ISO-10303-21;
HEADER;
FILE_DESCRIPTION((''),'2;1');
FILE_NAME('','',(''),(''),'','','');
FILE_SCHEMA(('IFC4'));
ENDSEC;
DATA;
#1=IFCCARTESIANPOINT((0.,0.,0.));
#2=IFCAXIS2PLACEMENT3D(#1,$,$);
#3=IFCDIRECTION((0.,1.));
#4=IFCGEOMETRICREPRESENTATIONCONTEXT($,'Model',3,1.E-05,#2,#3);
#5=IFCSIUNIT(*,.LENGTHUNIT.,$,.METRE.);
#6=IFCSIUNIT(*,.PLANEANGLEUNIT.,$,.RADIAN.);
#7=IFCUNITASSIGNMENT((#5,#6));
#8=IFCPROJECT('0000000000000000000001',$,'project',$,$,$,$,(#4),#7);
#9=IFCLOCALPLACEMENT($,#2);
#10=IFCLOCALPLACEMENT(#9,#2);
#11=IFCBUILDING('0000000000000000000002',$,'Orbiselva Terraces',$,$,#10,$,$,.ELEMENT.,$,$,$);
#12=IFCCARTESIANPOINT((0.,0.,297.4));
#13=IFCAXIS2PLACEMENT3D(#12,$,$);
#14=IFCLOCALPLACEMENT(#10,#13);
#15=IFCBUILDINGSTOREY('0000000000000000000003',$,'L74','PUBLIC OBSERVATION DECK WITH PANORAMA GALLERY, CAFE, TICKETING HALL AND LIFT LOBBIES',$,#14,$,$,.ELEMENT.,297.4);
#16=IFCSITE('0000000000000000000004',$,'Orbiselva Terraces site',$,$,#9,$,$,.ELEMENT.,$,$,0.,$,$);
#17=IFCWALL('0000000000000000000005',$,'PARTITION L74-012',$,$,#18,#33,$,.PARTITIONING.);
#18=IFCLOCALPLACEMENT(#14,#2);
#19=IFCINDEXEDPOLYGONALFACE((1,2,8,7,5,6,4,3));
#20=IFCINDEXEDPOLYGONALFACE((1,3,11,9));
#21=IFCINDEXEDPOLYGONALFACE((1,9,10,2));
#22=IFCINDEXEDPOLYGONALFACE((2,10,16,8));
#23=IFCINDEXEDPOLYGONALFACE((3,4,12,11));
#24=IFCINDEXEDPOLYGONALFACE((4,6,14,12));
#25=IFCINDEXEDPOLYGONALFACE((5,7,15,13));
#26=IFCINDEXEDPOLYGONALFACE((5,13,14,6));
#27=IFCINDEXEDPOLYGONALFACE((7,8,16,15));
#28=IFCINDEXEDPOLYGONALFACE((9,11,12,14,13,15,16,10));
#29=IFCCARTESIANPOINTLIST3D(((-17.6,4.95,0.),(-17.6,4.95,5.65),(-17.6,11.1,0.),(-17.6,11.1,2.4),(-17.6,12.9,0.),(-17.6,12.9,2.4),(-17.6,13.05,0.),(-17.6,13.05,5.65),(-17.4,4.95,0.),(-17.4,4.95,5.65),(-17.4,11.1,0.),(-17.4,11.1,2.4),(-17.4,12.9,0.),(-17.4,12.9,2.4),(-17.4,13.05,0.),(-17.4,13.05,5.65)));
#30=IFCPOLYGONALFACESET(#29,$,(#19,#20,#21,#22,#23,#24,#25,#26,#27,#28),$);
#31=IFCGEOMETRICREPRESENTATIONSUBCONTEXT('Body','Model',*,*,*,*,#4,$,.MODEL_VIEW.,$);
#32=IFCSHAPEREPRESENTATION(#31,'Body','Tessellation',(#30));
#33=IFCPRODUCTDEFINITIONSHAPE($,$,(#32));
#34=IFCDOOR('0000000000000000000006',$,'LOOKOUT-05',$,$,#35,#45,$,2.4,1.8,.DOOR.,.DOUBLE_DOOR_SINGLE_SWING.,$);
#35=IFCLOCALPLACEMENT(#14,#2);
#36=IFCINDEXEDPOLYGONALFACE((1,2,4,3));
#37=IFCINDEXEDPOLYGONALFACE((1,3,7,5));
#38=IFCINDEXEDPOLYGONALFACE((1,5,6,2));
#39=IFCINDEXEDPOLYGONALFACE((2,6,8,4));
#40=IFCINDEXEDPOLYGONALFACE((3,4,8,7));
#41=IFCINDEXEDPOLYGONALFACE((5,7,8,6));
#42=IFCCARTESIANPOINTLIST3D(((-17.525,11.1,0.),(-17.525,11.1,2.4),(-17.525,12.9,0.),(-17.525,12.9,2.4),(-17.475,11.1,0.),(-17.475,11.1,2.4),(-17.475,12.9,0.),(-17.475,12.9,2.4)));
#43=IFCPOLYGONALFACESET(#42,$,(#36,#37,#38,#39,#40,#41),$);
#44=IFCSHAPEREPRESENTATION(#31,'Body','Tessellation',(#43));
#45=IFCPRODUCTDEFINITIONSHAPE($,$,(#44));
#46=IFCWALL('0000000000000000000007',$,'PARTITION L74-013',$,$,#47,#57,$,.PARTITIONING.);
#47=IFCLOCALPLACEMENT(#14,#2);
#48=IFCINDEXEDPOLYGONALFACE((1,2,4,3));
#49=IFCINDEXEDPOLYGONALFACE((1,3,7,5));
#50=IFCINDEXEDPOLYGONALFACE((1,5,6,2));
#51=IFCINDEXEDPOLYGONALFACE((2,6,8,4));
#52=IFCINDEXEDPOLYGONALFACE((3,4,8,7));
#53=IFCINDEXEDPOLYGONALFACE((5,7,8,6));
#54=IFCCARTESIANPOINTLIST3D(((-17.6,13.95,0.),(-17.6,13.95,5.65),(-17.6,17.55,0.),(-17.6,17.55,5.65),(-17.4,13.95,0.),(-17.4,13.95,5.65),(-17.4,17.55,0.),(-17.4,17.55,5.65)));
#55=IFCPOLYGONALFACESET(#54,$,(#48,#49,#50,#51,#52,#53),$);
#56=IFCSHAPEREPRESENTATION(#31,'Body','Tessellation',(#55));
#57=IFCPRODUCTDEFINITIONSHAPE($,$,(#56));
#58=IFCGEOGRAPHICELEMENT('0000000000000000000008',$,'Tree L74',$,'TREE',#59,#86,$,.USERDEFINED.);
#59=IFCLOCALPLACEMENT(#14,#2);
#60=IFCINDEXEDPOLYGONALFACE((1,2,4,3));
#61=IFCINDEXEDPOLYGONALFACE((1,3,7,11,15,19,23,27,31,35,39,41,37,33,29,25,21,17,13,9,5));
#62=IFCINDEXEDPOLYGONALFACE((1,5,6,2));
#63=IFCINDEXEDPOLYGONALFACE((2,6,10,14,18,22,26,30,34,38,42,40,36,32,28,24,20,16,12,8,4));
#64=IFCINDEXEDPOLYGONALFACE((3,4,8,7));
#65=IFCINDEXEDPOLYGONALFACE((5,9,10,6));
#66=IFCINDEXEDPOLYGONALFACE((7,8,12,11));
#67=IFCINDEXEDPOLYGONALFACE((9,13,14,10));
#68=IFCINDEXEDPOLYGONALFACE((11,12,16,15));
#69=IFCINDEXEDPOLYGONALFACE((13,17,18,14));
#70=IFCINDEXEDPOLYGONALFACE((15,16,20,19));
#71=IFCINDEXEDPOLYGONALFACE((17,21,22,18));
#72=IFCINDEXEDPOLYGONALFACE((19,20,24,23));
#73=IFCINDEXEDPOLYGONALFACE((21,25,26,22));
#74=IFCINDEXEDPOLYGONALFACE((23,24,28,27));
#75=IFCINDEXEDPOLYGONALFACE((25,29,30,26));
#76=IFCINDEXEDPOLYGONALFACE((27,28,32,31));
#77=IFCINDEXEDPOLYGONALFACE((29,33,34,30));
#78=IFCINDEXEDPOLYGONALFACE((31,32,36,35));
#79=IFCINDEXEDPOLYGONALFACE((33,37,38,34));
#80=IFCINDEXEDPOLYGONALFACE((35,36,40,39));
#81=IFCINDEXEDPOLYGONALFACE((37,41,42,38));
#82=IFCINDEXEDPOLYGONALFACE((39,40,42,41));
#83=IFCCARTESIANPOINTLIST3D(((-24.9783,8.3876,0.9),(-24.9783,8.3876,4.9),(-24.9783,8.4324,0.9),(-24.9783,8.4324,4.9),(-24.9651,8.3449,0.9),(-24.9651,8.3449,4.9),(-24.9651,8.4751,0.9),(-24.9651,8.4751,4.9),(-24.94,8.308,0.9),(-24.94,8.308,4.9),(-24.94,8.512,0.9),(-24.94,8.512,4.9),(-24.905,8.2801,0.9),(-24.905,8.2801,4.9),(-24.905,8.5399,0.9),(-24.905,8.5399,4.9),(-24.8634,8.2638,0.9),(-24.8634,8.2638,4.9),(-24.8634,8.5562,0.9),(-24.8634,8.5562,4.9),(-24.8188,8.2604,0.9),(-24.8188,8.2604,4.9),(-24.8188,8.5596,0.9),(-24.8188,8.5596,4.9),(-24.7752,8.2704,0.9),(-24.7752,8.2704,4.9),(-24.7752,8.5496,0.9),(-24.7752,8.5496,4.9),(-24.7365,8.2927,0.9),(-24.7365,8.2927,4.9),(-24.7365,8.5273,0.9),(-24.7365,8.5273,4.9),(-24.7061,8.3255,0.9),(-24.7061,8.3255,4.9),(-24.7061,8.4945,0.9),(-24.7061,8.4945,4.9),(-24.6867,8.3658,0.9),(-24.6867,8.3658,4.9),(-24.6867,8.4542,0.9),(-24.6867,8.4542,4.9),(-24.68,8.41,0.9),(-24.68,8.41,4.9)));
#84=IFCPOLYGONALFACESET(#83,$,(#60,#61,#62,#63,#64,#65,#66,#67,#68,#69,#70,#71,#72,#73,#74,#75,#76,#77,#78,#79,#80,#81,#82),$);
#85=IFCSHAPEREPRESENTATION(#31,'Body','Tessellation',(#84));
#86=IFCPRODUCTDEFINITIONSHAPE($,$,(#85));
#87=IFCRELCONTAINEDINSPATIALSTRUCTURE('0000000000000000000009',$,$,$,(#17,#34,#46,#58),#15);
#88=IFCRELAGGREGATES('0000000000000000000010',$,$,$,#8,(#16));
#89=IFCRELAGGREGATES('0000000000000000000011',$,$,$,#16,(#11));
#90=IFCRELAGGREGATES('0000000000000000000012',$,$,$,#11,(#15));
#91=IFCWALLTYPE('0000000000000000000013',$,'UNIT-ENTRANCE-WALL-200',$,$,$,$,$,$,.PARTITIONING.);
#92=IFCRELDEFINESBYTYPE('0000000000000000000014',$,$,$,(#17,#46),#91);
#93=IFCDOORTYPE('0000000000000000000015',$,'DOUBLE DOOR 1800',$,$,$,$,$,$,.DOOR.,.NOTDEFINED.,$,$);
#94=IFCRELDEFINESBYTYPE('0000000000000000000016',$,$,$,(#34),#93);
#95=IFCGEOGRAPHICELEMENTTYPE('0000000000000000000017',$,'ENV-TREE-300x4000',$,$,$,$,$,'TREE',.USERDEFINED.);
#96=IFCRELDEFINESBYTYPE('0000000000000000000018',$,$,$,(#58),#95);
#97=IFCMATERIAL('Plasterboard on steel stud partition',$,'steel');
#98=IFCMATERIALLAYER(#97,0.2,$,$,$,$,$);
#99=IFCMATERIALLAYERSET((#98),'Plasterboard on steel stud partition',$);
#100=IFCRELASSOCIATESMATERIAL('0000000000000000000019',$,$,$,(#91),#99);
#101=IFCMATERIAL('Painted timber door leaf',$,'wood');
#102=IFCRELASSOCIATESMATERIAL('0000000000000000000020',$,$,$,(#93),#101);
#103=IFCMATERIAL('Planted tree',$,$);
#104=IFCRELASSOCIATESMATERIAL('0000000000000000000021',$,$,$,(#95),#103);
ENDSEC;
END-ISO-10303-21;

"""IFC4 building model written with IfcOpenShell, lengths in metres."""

from ifc_helpers import new_model, si_unit, direction, frame, frame_2d, origin, origin_2d, place, context, subcontext, project, spatial, rectangle, circle, extrude, material, layer, layer_set, type_object, element, fill, save


model = new_model("IFC4")

# Units and contexts
model_context = context("Model", 3, precision=1e-05, world=origin(), true_north=direction((0.0, 1.0)))
body_context = subcontext(model_context, "Body", "Model", "MODEL_VIEW")
ifc_project = project(units=[si_unit("LENGTHUNIT", "METRE"), si_unit("PLANEANGLEUNIT", "RADIAN")], contexts=[model_context])

# Site, building, storey
site_placement = place(None, origin())
site = spatial("IfcSite", under=ifc_project, at=site_placement, Name="Orbiselva Terraces site", CompositionType="ELEMENT", RefElevation=0.0)
building_placement = place(site_placement, origin())
building = spatial("IfcBuilding", under=site, at=building_placement, Name="Orbiselva Terraces", CompositionType="ELEMENT")
storey_placement = place(building_placement, frame((0.0, 0.0, 297.4)))
storey = spatial("IfcBuildingStorey", under=building, at=storey_placement, Name="L74", Description="PUBLIC OBSERVATION DECK WITH PANORAMA GALLERY, CAFE, TICKETING HALL AND LIFT LOBBIES", CompositionType="ELEMENT", Elevation=297.4)

# Wall, opening, door
ifc_material_1 = material(Name="Plasterboard on steel stud partition", Category="steel")
ifc_layer_1 = layer(ifc_material_1, 0.2)
ifc_layer_set_1 = layer_set([ifc_layer_1], Name="Plasterboard on steel stud partition")
wall_type_1 = type_object("IfcWallType", Name="UNIT-ENTRANCE-WALL-200", PredefinedType="PARTITIONING", material=ifc_layer_set_1)
wall_1_placement = place(storey_placement, frame((-17.5, 13.05, 0.0), z_axis=(0.0, 0.0, 1.0), x_axis=(0.0, -1.0, 0.0)))
wall_1 = element("IfcWall", 1, at=wall_1_placement, inside=storey, type_object=wall_type_1, Name="PARTITION L74-012", PredefinedType="PARTITIONING", context=body_context, shape_type="SweptSolid", body=[
    extrude(rectangle(XDim=8.1, YDim=0.2, at=frame_2d((4.05, 0.0))), origin(), (0.0, 0.0, 1.0), 5.65),
])
opening_1_placement = place(wall_1_placement, frame((0.15, 0.0, 0.0)))
opening_1 = element("IfcOpeningElement", 2, at=opening_1_placement, cuts=wall_1, PredefinedType="OPENING", context=body_context, shape_type="SweptSolid", body=[
    extrude(rectangle(XDim=1.8, YDim=2.4, at=frame_2d((0.9, 1.2))), frame((0.0, 0.11, 0.0), z_axis=(0.0, -1.0, 0.0), x_axis=(1.0, 0.0, 0.0)), (0.0, 0.0, 1.0), 0.22),
])
ifc_material_2 = material(Name="Painted timber door leaf", Category="wood")
door_type_1 = type_object("IfcDoorType", Name="DOUBLE DOOR 1800", OperationType="NOTDEFINED", PredefinedType="DOOR", material=ifc_material_2)
door_1_placement = place(opening_1_placement, origin())
door_1 = element("IfcDoor", 3, at=door_1_placement, inside=storey, type_object=door_type_1, Name="LOOKOUT-05", OperationType="DOUBLE_DOOR_SINGLE_SWING", OverallHeight=2.4, OverallWidth=1.8, PredefinedType="DOOR", context=body_context, shape_type="SweptSolid", body=[
    extrude(rectangle(XDim=1.8, YDim=2.4, at=frame_2d((0.9, 1.2))), frame((0.0, 0.025, 0.0), z_axis=(0.0, -1.0, 0.0), x_axis=(1.0, 0.0, 0.0)), (0.0, 0.0, 1.0), 0.05),
])
fill(opening_1, door_1)

# Wall
wall_2_placement = place(storey_placement, frame((-17.5, 13.95, 0.0), z_axis=(0.0, 0.0, 1.0), x_axis=(0.0, 1.0, 0.0)))
element("IfcWall", 4, at=wall_2_placement, inside=storey, type_object=wall_type_1, Name="PARTITION L74-013", PredefinedType="PARTITIONING", context=body_context, shape_type="SweptSolid", body=[
    extrude(rectangle(XDim=3.6, YDim=0.2, at=frame_2d((1.8, 0.0))), origin(), (0.0, 0.0, 1.0), 5.65),
])

# Geographic element
ifc_material_3 = material(Name="Planted tree")
geographic_element_type = type_object("IfcGeographicElementType", Name="ENV-TREE-300x4000", ElementType="TREE", PredefinedType="USERDEFINED", material=ifc_material_3)
geographic_element_placement = place(storey_placement, frame((-24.83, 8.41, 4.9), z_axis=(0.0, 0.0, -1.0), x_axis=(1.0, 0.0, 0.0)))
element("IfcGeographicElement", 5, at=geographic_element_placement, inside=storey, type_object=geographic_element_type, Name="Tree L74", ObjectType="TREE", PredefinedType="USERDEFINED", context=body_context, shape_type="SweptSolid", body=[
    extrude(circle(Radius=0.15, at=origin_2d()), origin(), (0.0, 0.0, 1.0), 4.0),
])

save(model, "model.ifc")
